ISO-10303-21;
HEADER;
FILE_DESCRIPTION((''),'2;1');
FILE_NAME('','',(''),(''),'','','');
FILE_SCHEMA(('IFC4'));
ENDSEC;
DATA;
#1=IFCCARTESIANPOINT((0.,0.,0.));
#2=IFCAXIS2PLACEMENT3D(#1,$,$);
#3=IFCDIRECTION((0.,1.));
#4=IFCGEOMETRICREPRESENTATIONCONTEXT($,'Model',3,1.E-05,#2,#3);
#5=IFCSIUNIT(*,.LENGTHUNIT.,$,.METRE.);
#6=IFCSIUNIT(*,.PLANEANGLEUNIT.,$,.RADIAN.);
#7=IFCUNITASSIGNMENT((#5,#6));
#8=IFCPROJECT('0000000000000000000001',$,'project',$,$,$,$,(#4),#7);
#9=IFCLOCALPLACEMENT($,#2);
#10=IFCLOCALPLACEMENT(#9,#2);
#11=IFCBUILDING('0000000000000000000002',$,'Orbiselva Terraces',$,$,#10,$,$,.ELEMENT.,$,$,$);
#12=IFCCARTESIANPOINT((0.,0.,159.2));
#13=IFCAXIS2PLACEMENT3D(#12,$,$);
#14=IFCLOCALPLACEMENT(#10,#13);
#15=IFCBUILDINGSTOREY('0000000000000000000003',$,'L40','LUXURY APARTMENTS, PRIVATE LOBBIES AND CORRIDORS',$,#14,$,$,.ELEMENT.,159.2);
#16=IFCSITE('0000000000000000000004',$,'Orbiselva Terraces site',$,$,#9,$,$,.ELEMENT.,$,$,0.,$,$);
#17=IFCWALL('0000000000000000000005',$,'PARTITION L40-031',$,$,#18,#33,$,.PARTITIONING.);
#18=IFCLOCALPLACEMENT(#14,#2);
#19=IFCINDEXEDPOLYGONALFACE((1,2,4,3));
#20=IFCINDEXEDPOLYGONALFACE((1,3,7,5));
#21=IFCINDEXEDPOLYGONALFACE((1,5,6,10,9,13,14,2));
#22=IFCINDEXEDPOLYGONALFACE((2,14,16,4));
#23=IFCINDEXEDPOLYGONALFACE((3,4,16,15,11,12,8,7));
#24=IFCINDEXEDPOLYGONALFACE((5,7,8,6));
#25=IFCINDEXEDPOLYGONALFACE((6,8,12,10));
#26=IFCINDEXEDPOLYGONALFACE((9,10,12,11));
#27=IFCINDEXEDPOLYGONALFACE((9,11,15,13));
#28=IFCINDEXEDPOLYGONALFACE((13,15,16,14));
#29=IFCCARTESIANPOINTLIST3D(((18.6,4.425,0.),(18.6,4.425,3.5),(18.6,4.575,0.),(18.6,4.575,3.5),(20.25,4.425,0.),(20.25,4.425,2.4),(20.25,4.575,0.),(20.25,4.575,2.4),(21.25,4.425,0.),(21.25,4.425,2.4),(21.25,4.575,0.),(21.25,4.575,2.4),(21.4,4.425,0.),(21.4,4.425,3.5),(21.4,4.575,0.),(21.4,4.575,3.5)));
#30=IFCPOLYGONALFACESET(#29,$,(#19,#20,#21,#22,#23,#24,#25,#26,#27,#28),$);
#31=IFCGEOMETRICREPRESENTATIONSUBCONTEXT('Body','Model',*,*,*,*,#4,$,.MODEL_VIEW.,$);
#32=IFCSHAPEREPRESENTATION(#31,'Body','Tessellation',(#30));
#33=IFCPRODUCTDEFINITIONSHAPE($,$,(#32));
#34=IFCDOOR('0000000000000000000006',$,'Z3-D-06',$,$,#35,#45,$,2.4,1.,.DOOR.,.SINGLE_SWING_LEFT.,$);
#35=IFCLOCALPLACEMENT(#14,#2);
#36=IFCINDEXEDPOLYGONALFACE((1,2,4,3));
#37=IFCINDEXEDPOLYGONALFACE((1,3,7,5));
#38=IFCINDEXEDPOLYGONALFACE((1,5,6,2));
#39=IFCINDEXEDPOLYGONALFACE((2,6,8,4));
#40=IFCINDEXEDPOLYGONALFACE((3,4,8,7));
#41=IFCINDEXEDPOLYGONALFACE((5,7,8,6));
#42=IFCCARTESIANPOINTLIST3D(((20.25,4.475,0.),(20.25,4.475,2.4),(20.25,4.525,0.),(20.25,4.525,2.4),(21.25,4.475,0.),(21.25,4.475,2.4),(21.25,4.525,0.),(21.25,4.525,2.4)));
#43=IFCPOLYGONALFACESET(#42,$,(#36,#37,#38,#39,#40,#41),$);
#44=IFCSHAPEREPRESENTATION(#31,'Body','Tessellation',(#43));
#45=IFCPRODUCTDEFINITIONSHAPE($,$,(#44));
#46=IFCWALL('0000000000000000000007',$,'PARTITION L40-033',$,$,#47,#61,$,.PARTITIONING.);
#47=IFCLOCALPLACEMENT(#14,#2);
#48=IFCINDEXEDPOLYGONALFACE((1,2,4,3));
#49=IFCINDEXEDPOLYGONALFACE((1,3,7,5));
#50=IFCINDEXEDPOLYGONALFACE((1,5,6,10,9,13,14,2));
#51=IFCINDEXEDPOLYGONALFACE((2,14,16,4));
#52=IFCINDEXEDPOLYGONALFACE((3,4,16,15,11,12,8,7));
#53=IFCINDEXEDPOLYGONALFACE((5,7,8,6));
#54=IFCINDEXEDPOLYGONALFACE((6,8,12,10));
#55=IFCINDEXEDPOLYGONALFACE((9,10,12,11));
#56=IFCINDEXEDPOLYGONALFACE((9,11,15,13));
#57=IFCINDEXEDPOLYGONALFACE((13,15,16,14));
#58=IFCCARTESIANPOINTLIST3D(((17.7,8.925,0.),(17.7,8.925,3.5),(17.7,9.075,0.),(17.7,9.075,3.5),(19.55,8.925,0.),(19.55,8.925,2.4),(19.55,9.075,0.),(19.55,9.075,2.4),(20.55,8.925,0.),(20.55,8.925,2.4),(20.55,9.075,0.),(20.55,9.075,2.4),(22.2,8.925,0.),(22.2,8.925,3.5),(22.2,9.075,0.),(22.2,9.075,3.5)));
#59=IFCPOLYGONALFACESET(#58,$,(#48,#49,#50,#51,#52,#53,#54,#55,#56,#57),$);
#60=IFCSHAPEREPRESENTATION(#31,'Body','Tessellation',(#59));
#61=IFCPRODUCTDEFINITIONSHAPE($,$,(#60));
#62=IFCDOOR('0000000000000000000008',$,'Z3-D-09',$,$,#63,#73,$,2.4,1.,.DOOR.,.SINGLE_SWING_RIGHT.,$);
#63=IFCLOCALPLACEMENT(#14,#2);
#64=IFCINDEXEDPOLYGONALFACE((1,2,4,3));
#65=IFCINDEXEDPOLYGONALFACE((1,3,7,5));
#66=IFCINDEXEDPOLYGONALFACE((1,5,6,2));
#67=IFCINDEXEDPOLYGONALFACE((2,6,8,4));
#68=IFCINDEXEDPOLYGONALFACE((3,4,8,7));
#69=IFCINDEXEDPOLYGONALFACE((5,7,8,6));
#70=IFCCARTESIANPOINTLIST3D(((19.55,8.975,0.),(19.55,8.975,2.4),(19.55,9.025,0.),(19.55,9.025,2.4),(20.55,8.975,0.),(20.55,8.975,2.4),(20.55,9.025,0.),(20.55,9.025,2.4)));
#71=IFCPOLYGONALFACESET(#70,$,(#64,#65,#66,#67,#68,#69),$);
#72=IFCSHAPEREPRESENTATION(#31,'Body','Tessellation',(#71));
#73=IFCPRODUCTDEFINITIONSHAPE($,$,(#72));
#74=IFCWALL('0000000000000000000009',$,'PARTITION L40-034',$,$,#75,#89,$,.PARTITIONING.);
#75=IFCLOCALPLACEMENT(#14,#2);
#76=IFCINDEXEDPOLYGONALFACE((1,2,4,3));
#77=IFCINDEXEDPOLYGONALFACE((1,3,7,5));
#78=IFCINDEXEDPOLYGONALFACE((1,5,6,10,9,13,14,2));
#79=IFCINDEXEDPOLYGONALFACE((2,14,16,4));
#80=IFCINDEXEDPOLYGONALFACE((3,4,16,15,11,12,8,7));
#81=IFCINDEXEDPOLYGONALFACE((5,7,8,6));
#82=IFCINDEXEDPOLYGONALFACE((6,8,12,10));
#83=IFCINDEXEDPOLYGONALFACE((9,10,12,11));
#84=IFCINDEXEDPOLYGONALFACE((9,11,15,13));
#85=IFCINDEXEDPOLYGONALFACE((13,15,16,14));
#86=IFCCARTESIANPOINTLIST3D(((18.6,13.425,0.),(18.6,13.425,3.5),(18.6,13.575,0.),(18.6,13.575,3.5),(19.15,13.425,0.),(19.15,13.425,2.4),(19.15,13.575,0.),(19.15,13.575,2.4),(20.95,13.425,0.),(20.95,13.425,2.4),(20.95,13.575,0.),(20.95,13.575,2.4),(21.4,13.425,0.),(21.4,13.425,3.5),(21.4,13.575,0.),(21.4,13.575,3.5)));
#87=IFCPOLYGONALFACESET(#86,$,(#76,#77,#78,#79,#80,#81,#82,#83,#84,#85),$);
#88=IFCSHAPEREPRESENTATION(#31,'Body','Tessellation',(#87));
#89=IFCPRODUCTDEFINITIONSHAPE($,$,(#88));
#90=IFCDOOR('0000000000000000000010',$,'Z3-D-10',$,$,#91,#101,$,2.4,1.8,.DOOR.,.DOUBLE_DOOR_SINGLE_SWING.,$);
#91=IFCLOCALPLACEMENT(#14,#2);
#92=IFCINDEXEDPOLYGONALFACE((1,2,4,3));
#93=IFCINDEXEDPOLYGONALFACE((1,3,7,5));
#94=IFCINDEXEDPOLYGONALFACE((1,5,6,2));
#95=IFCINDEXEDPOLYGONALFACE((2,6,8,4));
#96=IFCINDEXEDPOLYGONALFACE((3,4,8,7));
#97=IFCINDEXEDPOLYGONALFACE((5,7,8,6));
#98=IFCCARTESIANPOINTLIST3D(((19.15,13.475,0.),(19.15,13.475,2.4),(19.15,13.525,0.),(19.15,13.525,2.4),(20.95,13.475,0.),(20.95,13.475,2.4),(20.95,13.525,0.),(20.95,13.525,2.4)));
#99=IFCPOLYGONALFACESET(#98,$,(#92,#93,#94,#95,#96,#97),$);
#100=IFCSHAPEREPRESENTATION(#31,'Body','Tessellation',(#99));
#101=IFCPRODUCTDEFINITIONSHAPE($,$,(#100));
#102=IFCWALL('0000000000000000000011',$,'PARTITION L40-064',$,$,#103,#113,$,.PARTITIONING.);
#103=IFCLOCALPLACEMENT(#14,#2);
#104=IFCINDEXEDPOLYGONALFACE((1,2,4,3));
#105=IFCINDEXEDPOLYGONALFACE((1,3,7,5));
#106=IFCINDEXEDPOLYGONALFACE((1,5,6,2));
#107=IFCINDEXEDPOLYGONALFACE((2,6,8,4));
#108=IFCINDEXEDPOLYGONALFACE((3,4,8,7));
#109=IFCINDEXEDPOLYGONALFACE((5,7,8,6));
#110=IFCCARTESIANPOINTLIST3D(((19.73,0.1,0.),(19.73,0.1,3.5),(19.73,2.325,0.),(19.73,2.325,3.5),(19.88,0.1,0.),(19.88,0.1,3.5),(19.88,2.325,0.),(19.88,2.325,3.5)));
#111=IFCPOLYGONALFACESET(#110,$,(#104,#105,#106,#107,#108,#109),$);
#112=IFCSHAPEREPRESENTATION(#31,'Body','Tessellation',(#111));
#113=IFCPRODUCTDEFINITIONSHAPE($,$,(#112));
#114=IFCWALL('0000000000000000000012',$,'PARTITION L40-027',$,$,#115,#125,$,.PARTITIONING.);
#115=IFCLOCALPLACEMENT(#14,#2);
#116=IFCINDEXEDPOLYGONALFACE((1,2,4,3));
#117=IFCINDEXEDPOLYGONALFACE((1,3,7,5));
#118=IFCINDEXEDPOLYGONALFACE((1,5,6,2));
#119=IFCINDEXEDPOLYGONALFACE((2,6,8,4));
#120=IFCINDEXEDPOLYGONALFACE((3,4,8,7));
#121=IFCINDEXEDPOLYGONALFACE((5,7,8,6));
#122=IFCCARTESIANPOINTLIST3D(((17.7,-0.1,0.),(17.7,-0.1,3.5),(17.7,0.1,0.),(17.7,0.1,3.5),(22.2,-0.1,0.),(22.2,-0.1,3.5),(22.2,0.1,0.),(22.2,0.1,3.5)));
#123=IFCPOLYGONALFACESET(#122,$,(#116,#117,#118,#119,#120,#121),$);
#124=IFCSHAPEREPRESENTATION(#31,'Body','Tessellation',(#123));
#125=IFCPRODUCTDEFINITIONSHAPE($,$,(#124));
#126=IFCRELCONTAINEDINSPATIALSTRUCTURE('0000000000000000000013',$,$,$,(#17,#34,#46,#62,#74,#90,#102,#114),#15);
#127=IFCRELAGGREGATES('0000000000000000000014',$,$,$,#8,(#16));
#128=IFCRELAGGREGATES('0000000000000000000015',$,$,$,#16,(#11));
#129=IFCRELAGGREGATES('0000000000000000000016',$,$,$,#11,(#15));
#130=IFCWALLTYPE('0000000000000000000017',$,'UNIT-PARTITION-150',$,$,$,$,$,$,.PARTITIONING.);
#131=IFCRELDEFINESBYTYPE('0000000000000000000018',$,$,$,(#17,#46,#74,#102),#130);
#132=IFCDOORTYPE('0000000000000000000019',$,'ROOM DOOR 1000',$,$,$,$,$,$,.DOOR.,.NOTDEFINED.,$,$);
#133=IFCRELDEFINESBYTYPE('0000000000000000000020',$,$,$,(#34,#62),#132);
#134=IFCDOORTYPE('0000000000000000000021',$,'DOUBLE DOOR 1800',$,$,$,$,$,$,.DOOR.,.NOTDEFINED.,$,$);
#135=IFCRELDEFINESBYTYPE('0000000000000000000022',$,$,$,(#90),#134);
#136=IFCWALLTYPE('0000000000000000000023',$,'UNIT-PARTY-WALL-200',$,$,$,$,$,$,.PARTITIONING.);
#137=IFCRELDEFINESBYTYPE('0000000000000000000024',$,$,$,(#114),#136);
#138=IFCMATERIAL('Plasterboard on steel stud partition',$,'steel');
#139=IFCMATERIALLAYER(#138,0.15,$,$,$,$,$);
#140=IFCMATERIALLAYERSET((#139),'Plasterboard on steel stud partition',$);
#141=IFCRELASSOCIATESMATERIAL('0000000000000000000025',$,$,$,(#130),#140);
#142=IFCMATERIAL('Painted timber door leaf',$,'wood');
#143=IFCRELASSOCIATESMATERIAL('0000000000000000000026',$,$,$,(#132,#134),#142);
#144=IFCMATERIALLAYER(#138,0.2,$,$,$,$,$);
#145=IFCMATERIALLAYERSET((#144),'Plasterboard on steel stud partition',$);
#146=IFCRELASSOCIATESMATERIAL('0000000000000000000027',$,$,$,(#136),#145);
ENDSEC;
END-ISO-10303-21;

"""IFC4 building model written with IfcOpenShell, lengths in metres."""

from ifc_helpers import new_model, si_unit, direction, frame, frame_2d, origin, place, context, subcontext, project, spatial, rectangle, extrude, material, layer, layer_set, type_object, element, fill, save


model = new_model("IFC4")

# Units and contexts
model_context = context("Model", 3, precision=1e-05, world=origin(), true_north=direction((0.0, 1.0)))
body_context = subcontext(model_context, "Body", "Model", "MODEL_VIEW")
ifc_project = project(units=[si_unit("LENGTHUNIT", "METRE"), si_unit("PLANEANGLEUNIT", "RADIAN")], contexts=[model_context])

# Site, building, storey
site_placement = place(None, origin())
site = spatial("IfcSite", under=ifc_project, at=site_placement, Name="Orbiselva Terraces site", CompositionType="ELEMENT", RefElevation=0.0)
building_placement = place(site_placement, origin())
building = spatial("IfcBuilding", under=site, at=building_placement, Name="Orbiselva Terraces", CompositionType="ELEMENT")
storey_placement = place(building_placement, frame((0.0, 0.0, 159.2)))
storey = spatial("IfcBuildingStorey", under=building, at=storey_placement, Name="L40", Description="LUXURY APARTMENTS, PRIVATE LOBBIES AND CORRIDORS", CompositionType="ELEMENT", Elevation=159.2)

# Shared definitions
ifc_material_1 = material(Name="Plasterboard on steel stud partition", Category="steel")
ifc_material_2 = material(Name="Painted timber door leaf", Category="wood")

# Walls, openings, doors
ifc_layer_1 = layer(ifc_material_1, 0.15)
ifc_layer_set_1 = layer_set([ifc_layer_1], Name="Plasterboard on steel stud partition")
wall_type_1 = type_object("IfcWallType", Name="UNIT-PARTITION-150", PredefinedType="PARTITIONING", material=ifc_layer_set_1)
wall_1_placement = place(storey_placement, frame((21.4, 4.5, 0.0), z_axis=(0.0, 0.0, 1.0), x_axis=(-1.0, 0.0, 0.0)))
wall_1 = element("IfcWall", 1, at=wall_1_placement, inside=storey, type_object=wall_type_1, Name="PARTITION L40-031", PredefinedType="PARTITIONING", context=body_context, shape_type="SweptSolid", body=[
    extrude(rectangle(XDim=2.8, YDim=0.15, at=frame_2d((1.4, 0.0))), origin(), (0.0, 0.0, 1.0), 3.5),
])
opening_1_placement = place(wall_1_placement, frame((0.15, 0.0, 0.0)))
opening_1 = element("IfcOpeningElement", 2, at=opening_1_placement, cuts=wall_1, PredefinedType="OPENING", context=body_context, shape_type="SweptSolid", body=[
    extrude(rectangle(XDim=1.0, YDim=2.4, at=frame_2d((0.5, 1.2))), frame((0.0, 0.085, 0.0), z_axis=(0.0, -1.0, 0.0), x_axis=(1.0, 0.0, 0.0)), (0.0, 0.0, 1.0), 0.17),
])
door_type_1 = type_object("IfcDoorType", Name="ROOM DOOR 1000", OperationType="NOTDEFINED", PredefinedType="DOOR", material=ifc_material_2)
door_1_placement = place(opening_1_placement, origin())
door_1 = element("IfcDoor", 3, at=door_1_placement, inside=storey, type_object=door_type_1, Name="Z3-D-06", OperationType="SINGLE_SWING_LEFT", OverallHeight=2.4, OverallWidth=1.0, PredefinedType="DOOR", context=body_context, shape_type="SweptSolid", body=[
    extrude(rectangle(XDim=1.0, YDim=2.4, at=frame_2d((0.5, 1.2))), frame((0.0, 0.025, 0.0), z_axis=(0.0, -1.0, 0.0), x_axis=(1.0, 0.0, 0.0)), (0.0, 0.0, 1.0), 0.05),
])
fill(opening_1, door_1)
wall_2_placement = place(storey_placement, frame((17.7, 9.0, 0.0), z_axis=(0.0, 0.0, 1.0), x_axis=(1.0, 0.0, 0.0)))
wall_2 = element("IfcWall", 4, at=wall_2_placement, inside=storey, type_object=wall_type_1, Name="PARTITION L40-033", PredefinedType="PARTITIONING", context=body_context, shape_type="SweptSolid", body=[
    extrude(rectangle(XDim=4.5, YDim=0.15, at=frame_2d((2.25, 0.0))), origin(), (0.0, 0.0, 1.0), 3.5),
])
opening_2_placement = place(wall_2_placement, frame((1.85, 0.0, 0.0)))
opening_2 = element("IfcOpeningElement", 5, at=opening_2_placement, cuts=wall_2, PredefinedType="OPENING", context=body_context, shape_type="SweptSolid", body=[
    extrude(rectangle(XDim=1.0, YDim=2.4, at=frame_2d((0.5, 1.2))), frame((0.0, 0.085, 0.0), z_axis=(0.0, -1.0, 0.0), x_axis=(1.0, 0.0, 0.0)), (0.0, 0.0, 1.0), 0.17),
])
door_2_placement = place(opening_2_placement, origin())
door_2 = element("IfcDoor", 6, at=door_2_placement, inside=storey, type_object=door_type_1, Name="Z3-D-09", OperationType="SINGLE_SWING_RIGHT", OverallHeight=2.4, OverallWidth=1.0, PredefinedType="DOOR", context=body_context, shape_type="SweptSolid", body=[
    extrude(rectangle(XDim=1.0, YDim=2.4, at=frame_2d((0.5, 1.2))), frame((0.0, 0.025, 0.0), z_axis=(0.0, -1.0, 0.0), x_axis=(1.0, 0.0, 0.0)), (0.0, 0.0, 1.0), 0.05),
])
fill(opening_2, door_2)
wall_3_placement = place(storey_placement, frame((18.6, 13.5, 0.0), z_axis=(0.0, 0.0, 1.0), x_axis=(1.0, 0.0, 0.0)))
wall_3 = element("IfcWall", 7, at=wall_3_placement, inside=storey, type_object=wall_type_1, Name="PARTITION L40-034", PredefinedType="PARTITIONING", context=body_context, shape_type="SweptSolid", body=[
    extrude(rectangle(XDim=2.8, YDim=0.15, at=frame_2d((1.4, 0.0))), origin(), (0.0, 0.0, 1.0), 3.5),
])
opening_3_placement = place(wall_3_placement, frame((0.55, 0.0, 0.0)))
opening_3 = element("IfcOpeningElement", 8, at=opening_3_placement, cuts=wall_3, PredefinedType="OPENING", context=body_context, shape_type="SweptSolid", body=[
    extrude(rectangle(XDim=1.8, YDim=2.4, at=frame_2d((0.9, 1.2))), frame((0.0, 0.085, 0.0), z_axis=(0.0, -1.0, 0.0), x_axis=(1.0, 0.0, 0.0)), (0.0, 0.0, 1.0), 0.17),
])
door_type_2 = type_object("IfcDoorType", Name="DOUBLE DOOR 1800", OperationType="NOTDEFINED", PredefinedType="DOOR", material=ifc_material_2)
door_3_placement = place(opening_3_placement, origin())
door_3 = element("IfcDoor", 9, at=door_3_placement, inside=storey, type_object=door_type_2, Name="Z3-D-10", OperationType="DOUBLE_DOOR_SINGLE_SWING", OverallHeight=2.4, OverallWidth=1.8, PredefinedType="DOOR", context=body_context, shape_type="SweptSolid", body=[
    extrude(rectangle(XDim=1.8, YDim=2.4, at=frame_2d((0.9, 1.2))), frame((0.0, 0.025, 0.0), z_axis=(0.0, -1.0, 0.0), x_axis=(1.0, 0.0, 0.0)), (0.0, 0.0, 1.0), 0.05),
])
fill(opening_3, door_3)

# Walls
wall_4_placement = place(storey_placement, frame((19.805, 0.1, 0.0), z_axis=(0.0, 0.0, 1.0), x_axis=(0.0, 1.0, 0.0)))
element("IfcWall", 10, at=wall_4_placement, inside=storey, type_object=wall_type_1, Name="PARTITION L40-064", PredefinedType="PARTITIONING", context=body_context, shape_type="SweptSolid", body=[
    extrude(rectangle(XDim=2.225, YDim=0.15, at=frame_2d((1.1125, 0.0))), origin(), (0.0, 0.0, 1.0), 3.5),
])
ifc_layer_2 = layer(ifc_material_1, 0.2)
ifc_layer_set_2 = layer_set([ifc_layer_2], Name="Plasterboard on steel stud partition")
wall_type_2 = type_object("IfcWallType", Name="UNIT-PARTY-WALL-200", PredefinedType="PARTITIONING", material=ifc_layer_set_2)
wall_5_placement = place(storey_placement, frame((17.7, 0.0, 0.0), z_axis=(0.0, 0.0, 1.0), x_axis=(1.0, 0.0, 0.0)))
element("IfcWall", 11, at=wall_5_placement, inside=storey, type_object=wall_type_2, Name="PARTITION L40-027", PredefinedType="PARTITIONING", context=body_context, shape_type="SweptSolid", body=[
    extrude(rectangle(XDim=4.5, YDim=0.2, at=frame_2d((2.25, 0.0))), origin(), (0.0, 0.0, 1.0), 3.5),
])

save(model, "model.ifc")
